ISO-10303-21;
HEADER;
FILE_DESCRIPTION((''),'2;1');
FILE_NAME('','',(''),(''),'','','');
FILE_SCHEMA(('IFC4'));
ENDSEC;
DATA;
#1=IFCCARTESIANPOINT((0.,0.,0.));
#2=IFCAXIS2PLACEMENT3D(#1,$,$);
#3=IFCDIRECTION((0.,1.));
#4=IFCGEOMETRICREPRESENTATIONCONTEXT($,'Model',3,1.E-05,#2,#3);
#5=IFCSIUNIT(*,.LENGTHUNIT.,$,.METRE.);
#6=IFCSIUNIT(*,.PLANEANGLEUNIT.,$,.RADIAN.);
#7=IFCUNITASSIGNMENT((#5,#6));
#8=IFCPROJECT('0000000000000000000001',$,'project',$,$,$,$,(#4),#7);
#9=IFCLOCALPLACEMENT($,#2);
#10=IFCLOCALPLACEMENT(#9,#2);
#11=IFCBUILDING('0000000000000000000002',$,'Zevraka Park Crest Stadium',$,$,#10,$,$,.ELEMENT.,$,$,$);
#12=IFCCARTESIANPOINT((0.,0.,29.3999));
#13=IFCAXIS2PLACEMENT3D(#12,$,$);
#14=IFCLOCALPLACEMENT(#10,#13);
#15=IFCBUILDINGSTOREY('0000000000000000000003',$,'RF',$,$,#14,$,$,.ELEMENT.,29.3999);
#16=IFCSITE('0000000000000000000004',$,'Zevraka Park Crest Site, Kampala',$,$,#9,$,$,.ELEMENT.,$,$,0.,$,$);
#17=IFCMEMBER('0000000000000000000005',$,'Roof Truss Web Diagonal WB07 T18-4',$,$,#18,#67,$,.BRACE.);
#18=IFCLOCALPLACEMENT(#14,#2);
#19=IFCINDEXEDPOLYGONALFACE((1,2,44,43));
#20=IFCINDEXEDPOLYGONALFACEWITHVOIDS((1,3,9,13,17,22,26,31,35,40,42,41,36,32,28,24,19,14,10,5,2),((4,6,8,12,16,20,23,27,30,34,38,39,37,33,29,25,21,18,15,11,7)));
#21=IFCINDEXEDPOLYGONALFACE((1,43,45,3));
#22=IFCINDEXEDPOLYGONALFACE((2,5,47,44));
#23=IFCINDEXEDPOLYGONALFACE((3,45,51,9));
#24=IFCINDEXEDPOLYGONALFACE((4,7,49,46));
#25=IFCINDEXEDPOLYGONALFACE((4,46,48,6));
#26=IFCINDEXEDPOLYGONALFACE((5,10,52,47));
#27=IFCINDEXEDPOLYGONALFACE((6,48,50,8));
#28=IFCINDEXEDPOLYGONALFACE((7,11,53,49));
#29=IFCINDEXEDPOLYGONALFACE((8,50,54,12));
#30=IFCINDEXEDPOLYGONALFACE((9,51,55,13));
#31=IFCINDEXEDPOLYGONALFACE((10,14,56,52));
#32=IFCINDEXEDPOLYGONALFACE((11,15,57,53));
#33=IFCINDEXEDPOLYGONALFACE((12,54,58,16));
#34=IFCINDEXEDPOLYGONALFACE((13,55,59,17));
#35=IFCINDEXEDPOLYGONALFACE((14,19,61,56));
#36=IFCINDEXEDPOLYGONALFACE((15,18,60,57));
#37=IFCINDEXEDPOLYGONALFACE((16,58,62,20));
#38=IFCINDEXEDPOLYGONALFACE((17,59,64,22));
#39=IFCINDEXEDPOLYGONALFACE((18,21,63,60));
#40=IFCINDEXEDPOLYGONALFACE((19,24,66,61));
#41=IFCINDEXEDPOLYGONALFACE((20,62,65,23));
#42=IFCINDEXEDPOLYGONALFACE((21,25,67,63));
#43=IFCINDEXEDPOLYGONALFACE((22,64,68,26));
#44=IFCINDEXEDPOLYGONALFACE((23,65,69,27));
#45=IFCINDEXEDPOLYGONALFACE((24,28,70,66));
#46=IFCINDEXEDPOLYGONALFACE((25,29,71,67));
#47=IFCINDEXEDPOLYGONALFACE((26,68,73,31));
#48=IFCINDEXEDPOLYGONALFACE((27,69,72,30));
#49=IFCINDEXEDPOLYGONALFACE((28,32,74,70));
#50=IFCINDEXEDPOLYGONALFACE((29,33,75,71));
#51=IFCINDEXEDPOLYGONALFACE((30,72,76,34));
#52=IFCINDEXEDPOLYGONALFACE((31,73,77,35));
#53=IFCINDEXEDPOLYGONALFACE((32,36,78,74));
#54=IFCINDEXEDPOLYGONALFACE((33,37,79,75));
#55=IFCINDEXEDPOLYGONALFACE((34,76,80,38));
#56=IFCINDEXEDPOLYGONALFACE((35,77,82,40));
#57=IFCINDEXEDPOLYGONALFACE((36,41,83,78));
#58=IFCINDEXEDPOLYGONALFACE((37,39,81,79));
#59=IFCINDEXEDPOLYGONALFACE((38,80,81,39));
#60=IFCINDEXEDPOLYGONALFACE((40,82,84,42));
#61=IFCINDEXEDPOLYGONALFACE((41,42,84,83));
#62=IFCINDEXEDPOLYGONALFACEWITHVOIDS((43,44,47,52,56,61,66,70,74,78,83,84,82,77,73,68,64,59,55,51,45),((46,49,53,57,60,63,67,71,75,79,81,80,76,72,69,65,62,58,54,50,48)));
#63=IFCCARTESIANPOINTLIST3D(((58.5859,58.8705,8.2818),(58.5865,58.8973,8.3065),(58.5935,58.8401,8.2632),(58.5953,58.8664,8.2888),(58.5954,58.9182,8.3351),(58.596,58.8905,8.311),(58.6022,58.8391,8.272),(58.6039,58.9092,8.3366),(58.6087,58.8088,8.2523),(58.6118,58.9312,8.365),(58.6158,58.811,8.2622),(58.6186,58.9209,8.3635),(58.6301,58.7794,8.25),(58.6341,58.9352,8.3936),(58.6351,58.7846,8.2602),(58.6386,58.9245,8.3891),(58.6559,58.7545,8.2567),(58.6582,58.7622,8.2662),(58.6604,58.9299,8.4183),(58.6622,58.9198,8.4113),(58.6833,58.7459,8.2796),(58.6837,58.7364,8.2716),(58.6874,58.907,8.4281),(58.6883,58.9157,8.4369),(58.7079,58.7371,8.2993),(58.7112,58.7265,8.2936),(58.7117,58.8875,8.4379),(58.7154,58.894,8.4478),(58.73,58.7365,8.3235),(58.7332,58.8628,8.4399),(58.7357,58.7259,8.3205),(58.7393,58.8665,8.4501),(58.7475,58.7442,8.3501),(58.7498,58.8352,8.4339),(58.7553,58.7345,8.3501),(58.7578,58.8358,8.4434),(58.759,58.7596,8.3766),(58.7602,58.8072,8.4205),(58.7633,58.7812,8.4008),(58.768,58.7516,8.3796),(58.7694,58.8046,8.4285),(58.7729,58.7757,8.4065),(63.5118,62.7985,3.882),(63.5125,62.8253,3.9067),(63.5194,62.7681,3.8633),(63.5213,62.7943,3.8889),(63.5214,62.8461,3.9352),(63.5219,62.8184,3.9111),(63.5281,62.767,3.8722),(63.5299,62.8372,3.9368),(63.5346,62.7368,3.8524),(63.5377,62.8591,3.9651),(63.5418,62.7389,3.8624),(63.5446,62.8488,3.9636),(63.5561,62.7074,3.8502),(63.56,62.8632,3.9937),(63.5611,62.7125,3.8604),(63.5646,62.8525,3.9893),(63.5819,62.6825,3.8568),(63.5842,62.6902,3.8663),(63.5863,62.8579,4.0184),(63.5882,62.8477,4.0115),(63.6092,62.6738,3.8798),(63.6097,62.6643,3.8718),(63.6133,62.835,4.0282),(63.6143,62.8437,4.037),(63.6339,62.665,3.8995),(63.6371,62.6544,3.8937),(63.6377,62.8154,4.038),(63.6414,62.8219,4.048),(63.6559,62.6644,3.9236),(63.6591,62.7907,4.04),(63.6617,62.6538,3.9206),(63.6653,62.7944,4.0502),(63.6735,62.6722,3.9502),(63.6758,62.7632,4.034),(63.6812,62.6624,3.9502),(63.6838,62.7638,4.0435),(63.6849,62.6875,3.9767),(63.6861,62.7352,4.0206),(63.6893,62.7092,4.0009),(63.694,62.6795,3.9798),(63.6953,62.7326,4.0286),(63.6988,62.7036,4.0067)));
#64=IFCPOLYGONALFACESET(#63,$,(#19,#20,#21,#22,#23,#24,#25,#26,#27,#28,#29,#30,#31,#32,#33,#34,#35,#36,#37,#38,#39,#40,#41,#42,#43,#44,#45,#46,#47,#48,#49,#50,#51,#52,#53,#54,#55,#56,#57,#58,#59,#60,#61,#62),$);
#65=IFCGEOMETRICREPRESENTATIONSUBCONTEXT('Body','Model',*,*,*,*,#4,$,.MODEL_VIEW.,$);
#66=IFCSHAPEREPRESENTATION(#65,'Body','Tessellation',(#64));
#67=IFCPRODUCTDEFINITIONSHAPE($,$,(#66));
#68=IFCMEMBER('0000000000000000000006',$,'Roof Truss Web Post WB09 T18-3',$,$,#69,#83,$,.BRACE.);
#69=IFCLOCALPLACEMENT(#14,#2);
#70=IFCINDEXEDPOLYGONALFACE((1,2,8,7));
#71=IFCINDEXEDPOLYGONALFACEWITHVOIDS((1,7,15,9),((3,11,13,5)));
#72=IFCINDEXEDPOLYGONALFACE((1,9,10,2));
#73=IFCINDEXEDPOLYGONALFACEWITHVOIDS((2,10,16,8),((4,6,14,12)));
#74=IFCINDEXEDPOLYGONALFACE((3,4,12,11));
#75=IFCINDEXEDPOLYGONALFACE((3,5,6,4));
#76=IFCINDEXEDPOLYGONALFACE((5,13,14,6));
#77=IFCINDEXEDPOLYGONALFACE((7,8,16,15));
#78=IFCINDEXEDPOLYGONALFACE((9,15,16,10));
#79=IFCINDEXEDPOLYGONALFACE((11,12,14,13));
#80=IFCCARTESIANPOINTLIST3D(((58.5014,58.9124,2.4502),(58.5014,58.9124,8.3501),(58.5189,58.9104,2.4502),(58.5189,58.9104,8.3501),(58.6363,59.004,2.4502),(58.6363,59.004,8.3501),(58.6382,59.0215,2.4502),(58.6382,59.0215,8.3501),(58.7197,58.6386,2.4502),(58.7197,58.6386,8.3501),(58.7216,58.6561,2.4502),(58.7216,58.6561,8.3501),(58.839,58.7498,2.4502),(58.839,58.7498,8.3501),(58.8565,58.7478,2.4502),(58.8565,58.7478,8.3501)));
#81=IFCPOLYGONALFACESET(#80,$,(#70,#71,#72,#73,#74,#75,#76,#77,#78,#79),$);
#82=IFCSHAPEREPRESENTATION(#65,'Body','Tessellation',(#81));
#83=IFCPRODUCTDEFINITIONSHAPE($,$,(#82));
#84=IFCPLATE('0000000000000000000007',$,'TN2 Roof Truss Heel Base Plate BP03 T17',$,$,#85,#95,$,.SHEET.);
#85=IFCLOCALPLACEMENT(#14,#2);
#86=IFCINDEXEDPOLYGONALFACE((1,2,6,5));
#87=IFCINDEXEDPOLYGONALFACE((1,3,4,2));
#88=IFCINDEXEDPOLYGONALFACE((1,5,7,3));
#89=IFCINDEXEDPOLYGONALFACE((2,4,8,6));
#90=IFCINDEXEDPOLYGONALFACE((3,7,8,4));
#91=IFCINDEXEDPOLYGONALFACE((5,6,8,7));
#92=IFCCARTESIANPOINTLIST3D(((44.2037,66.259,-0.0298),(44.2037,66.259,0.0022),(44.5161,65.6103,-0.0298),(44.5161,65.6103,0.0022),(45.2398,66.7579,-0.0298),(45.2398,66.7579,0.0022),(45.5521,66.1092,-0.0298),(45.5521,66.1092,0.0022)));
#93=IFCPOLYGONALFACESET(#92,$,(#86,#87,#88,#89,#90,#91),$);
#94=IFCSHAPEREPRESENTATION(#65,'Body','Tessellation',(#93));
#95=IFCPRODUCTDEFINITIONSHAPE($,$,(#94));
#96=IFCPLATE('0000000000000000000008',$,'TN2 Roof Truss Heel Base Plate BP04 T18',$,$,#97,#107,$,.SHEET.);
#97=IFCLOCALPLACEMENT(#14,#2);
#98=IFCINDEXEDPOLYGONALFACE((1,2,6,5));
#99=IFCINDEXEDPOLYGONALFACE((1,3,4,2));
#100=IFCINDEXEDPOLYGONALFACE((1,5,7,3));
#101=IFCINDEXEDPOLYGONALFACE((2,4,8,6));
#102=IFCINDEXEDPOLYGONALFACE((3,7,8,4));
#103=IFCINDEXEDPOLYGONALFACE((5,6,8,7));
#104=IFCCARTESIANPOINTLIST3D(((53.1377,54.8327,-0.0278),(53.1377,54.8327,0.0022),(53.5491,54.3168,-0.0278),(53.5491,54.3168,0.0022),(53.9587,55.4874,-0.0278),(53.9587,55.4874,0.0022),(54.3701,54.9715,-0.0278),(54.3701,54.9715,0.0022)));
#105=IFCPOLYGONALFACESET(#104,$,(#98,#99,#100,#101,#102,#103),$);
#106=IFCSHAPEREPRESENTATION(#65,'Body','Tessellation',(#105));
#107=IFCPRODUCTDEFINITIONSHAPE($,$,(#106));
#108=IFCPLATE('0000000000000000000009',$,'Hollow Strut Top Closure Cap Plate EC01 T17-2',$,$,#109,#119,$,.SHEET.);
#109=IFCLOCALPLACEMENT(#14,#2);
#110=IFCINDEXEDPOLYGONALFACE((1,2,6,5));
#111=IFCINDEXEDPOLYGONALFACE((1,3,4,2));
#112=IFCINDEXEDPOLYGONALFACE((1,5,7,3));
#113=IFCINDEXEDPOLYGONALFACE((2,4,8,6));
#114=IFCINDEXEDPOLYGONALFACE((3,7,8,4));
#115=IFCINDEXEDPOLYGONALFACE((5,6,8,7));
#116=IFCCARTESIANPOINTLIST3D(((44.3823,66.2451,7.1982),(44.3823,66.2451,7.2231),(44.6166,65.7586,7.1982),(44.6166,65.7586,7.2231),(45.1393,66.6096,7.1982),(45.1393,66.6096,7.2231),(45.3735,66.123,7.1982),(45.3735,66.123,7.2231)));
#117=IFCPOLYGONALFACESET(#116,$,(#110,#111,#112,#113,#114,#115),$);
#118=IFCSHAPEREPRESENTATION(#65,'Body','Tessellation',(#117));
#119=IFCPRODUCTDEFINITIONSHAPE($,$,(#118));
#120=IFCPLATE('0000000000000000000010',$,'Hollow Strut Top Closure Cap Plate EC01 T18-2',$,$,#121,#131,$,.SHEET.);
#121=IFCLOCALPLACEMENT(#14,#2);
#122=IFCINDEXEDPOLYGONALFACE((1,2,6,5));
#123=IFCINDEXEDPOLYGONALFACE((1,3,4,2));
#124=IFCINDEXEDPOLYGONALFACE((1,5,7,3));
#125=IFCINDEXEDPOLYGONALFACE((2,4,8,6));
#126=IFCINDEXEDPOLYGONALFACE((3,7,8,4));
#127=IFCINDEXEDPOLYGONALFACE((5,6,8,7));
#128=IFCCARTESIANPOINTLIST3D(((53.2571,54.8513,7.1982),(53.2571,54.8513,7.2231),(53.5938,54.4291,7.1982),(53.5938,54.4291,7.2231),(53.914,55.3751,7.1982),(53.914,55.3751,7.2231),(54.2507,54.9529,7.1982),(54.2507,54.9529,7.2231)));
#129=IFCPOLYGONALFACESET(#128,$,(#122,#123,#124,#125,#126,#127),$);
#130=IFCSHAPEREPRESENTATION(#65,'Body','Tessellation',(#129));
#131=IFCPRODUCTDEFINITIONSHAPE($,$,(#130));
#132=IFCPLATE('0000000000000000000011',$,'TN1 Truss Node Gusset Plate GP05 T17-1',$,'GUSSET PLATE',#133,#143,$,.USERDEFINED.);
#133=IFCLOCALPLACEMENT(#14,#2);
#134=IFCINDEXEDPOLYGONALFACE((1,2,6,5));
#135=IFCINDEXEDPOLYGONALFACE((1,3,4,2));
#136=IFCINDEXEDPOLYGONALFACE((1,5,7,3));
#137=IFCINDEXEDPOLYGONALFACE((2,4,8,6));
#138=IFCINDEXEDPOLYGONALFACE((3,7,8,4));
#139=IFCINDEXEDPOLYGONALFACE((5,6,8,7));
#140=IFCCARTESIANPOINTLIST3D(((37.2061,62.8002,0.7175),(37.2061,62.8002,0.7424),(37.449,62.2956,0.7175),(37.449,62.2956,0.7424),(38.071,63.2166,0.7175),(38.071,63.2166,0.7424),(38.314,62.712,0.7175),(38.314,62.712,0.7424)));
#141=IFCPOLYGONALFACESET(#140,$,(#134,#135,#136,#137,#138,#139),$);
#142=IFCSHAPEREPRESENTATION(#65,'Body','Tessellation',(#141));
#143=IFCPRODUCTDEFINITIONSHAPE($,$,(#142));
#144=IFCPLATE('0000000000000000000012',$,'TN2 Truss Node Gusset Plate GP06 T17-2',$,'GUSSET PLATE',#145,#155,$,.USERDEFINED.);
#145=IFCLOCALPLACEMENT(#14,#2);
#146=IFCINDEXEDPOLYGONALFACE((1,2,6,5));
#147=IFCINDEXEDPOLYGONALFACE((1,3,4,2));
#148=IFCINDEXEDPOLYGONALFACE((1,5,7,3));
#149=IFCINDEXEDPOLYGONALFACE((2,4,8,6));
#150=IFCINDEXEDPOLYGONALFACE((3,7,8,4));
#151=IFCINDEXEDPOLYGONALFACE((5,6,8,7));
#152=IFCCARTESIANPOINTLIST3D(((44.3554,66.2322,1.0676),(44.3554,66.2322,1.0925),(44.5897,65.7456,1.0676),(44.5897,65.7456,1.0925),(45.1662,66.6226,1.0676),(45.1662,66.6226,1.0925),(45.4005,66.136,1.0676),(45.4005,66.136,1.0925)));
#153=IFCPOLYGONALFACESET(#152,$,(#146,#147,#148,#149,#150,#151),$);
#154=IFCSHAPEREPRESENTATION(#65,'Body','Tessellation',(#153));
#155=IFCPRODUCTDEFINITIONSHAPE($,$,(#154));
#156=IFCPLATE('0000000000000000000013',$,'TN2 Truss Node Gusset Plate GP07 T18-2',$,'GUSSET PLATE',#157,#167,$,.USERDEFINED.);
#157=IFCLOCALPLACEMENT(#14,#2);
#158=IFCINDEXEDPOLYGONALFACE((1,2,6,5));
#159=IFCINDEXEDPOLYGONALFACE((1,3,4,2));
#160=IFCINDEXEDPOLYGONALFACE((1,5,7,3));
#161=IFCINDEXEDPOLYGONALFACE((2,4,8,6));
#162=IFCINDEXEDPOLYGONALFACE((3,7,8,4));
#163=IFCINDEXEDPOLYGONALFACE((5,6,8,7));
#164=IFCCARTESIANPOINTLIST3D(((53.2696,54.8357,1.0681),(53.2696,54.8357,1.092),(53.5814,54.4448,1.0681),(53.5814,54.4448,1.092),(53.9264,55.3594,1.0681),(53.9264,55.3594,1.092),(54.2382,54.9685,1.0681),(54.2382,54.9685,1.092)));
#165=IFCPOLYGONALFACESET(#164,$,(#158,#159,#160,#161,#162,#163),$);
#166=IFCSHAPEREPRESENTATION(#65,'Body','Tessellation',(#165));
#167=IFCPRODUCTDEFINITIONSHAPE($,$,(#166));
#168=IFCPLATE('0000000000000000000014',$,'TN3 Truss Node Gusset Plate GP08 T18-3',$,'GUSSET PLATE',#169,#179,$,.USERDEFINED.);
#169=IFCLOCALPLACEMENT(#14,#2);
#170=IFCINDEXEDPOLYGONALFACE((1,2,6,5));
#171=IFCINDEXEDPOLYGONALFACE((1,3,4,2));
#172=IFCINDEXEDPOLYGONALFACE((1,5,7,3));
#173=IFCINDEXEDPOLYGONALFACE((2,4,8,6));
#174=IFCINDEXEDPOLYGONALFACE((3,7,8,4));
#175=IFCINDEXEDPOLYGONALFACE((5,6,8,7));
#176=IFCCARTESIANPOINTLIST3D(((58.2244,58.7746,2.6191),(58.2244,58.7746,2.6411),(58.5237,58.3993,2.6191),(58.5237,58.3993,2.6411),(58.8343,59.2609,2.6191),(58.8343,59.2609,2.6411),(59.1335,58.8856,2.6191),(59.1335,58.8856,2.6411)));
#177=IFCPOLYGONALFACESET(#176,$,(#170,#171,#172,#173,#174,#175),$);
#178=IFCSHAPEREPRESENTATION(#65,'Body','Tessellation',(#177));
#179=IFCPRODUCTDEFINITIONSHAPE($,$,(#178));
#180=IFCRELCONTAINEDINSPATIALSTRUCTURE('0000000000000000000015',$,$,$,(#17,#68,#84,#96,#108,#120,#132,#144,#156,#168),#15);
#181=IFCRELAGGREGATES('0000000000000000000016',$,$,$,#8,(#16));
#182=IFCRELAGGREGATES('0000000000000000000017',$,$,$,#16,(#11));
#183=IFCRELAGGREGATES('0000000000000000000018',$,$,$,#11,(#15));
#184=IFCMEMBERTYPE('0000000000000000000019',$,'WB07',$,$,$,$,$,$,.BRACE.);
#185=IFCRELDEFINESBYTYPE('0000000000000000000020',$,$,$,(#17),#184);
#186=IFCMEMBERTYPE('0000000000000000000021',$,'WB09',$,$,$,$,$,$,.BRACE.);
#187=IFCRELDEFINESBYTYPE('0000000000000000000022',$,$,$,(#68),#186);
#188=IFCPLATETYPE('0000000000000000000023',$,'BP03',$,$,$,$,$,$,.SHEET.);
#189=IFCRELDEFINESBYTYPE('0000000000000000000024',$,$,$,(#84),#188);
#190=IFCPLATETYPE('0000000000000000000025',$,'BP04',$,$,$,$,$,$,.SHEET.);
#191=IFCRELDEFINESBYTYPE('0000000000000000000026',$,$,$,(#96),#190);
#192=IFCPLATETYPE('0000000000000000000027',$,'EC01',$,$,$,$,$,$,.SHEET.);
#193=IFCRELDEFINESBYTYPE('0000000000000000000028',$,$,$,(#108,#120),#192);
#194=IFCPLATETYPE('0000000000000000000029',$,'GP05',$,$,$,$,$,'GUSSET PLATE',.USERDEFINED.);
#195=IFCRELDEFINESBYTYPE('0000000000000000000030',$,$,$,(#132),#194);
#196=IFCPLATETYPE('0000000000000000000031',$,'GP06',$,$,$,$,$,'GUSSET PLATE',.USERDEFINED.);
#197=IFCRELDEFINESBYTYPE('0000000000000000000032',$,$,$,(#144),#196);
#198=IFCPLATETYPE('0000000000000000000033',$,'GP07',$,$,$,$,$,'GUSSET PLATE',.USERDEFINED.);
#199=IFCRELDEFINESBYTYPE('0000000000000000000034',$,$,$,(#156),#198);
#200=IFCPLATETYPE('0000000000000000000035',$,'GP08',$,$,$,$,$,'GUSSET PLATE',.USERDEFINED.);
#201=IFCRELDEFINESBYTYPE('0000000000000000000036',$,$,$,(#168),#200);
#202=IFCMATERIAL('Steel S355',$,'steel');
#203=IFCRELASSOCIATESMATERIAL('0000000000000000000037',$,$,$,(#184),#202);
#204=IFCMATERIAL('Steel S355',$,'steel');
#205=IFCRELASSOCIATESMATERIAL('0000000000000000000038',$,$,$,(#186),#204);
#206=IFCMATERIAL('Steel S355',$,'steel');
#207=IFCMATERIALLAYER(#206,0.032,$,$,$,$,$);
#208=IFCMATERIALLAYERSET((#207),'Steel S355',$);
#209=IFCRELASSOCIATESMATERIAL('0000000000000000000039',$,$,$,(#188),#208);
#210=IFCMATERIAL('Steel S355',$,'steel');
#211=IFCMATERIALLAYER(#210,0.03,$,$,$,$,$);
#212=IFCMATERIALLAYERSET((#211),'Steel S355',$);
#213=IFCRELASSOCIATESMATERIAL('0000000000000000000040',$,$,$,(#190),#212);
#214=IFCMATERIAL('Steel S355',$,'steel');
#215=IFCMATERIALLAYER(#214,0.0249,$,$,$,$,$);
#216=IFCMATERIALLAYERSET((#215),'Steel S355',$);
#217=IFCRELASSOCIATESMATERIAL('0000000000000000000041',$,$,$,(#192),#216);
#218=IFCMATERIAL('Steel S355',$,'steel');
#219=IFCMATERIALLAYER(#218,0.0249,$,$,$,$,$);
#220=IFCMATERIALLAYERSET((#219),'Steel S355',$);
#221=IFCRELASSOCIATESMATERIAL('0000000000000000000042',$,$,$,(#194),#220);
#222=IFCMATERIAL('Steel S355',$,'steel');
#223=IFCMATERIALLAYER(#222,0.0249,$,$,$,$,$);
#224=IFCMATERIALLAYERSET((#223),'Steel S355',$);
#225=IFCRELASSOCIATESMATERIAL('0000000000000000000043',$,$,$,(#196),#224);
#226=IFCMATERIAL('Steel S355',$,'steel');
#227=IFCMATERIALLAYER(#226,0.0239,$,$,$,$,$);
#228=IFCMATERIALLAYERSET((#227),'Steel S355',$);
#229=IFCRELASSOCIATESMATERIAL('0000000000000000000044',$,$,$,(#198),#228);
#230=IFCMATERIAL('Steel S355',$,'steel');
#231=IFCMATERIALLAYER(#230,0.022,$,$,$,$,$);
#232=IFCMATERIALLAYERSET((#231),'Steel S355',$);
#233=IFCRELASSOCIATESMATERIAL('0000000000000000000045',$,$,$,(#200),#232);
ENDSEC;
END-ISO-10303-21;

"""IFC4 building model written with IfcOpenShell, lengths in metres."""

from ifc_helpers import new_model, si_unit, direction, frame, origin, origin_2d, place, context, subcontext, project, spatial, rectangle, hollow_rectangle, hollow_circle, extrude, material, layer, layer_set, material_profile, profile_set, type_object, element, save


model = new_model("IFC4")

# Units and contexts
model_context = context("Model", 3, precision=1e-05, world=origin(), true_north=direction((0.0, 1.0)))
body_context = subcontext(model_context, "Body", "Model", "MODEL_VIEW")
ifc_project = project(units=[si_unit("LENGTHUNIT", "METRE"), si_unit("PLANEANGLEUNIT", "RADIAN")], contexts=[model_context])

# Site, building, storey
site_placement = place(None, origin())
site = spatial("IfcSite", under=ifc_project, at=site_placement, Name="Zevraka Park Crest Site, Kampala", CompositionType="ELEMENT", RefElevation=0.0)
building_placement = place(site_placement, origin())
building = spatial("IfcBuilding", under=site, at=building_placement, Name="Zevraka Park Crest Stadium", CompositionType="ELEMENT")
storey_placement = place(building_placement, frame((0.0, 0.0, 29.3999)))
storey = spatial("IfcBuildingStorey", under=building, at=storey_placement, Name="RF", CompositionType="ELEMENT", Elevation=29.3999)

# Members
ifc_material_1 = material(Name="Steel S355", Category="steel")
ifc_material_profile_1 = material_profile(ifc_material_1, hollow_circle(Radius=0.1223, WallThickness=0.0125, at=origin_2d()), Name="CHS 244.5x12.5")
ifc_profile_set_1 = profile_set([ifc_material_profile_1], Name="Steel S355")
member_type_1 = type_object("IfcMemberType", Name="WB07", PredefinedType="BRACE", material=ifc_profile_set_1)
member_1_placement = place(storey_placement, frame((63.605, 62.7581, 3.9502), z_axis=(-0.641021, -0.511146, 0.572557), x_axis=(0.623451, -0.781862, 0.0)))
element("IfcMember", 1, at=member_1_placement, inside=storey, type_object=member_type_1, Name="Roof Truss Web Diagonal WB07 T18-4", PredefinedType="BRACE", context=body_context, shape_type="SweptSolid", body=[
    extrude(hollow_circle(Radius=0.1223, WallThickness=0.0125, at=origin_2d()), origin(), (0.0, 0.0, 1.0), 7.6846),
])
ifc_material_2 = material(Name="Steel S355", Category="steel")
ifc_material_profile_2 = material_profile(ifc_material_2, hollow_rectangle(XDim=0.175, YDim=0.3501, WallThickness=0.0125, at=origin_2d()), Name="RHS 350x175x12.5")
ifc_profile_set_2 = profile_set([ifc_material_profile_2], Name="Steel S355")
member_type_2 = type_object("IfcMemberType", Name="WB09", PredefinedType="BRACE", material=ifc_profile_set_2)
member_2_placement = place(storey_placement, frame((58.679, 58.8301, 2.4502), z_axis=(0.0, 0.0, 1.0), x_axis=(0.781847, 0.62347, 0.0)))
element("IfcMember", 2, at=member_2_placement, inside=storey, type_object=member_type_2, Name="Roof Truss Web Post WB09 T18-3", PredefinedType="BRACE", context=body_context, shape_type="SweptSolid", body=[
    extrude(hollow_rectangle(XDim=0.175, YDim=0.3501, WallThickness=0.0125, at=origin_2d()), origin(), (0.0, 0.0, 1.0), 5.8999),
])

# Plates
ifc_material_3 = material(Name="Steel S355", Category="steel")
ifc_layer_1 = layer(ifc_material_3, 0.032)
ifc_layer_set_1 = layer_set([ifc_layer_1], Name="Steel S355")
plate_type_1 = type_object("IfcPlateType", Name="BP03", PredefinedType="SHEET", material=ifc_layer_set_1)
plate_1_placement = place(storey_placement, frame((44.8779, 66.1841, -0.0298), z_axis=(0.0, 0.0, 1.0), x_axis=(0.901001, 0.433816, 0.0)))
element("IfcPlate", 3, at=plate_1_placement, inside=storey, type_object=plate_type_1, Name="TN2 Roof Truss Heel Base Plate BP03 T17", PredefinedType="SHEET", context=body_context, shape_type="SweptSolid", body=[
    extrude(rectangle(XDim=1.1499, YDim=0.72, at=origin_2d()), origin(), (0.0, 0.0, 1.0), 0.032),
])
ifc_material_4 = material(Name="Steel S355", Category="steel")
ifc_layer_2 = layer(ifc_material_4, 0.03)
ifc_layer_set_2 = layer_set([ifc_layer_2], Name="Steel S355")
plate_type_2 = type_object("IfcPlateType", Name="BP04", PredefinedType="SHEET", material=ifc_layer_set_2)
plate_2_placement = place(storey_placement, frame((53.7539, 54.9021, -0.0278), z_axis=(0.0, 0.0, 1.0), x_axis=(0.781847, 0.62347, 0.0)))
element("IfcPlate", 4, at=plate_2_placement, inside=storey, type_object=plate_type_2, Name="TN2 Roof Truss Heel Base Plate BP04 T18", PredefinedType="SHEET", context=body_context, shape_type="SweptSolid", body=[
    extrude(rectangle(XDim=1.05, YDim=0.6599, at=origin_2d()), origin(), (0.0, 0.0, 1.0), 0.03),
])
ifc_material_5 = material(Name="Steel S355", Category="steel")
ifc_layer_3 = layer(ifc_material_5, 0.0249)
ifc_layer_set_3 = layer_set([ifc_layer_3], Name="Steel S355")
plate_type_3 = type_object("IfcPlateType", Name="EC01", PredefinedType="SHEET", material=ifc_layer_set_3)
for number, where, z_axis, x_axis, name in (
    (5, (44.8779, 66.1841, 7.1982), (0.0, 0.0, 1.0), (0.901001, 0.433816, 0.0), "Hollow Strut Top Closure Cap Plate EC01 T17-2"),
    (6, (53.7539, 54.9021, 7.1982), (0.0, 0.0, 1.0), (0.781847, 0.62347, 0.0), "Hollow Strut Top Closure Cap Plate EC01 T18-2"),
):
    element("IfcPlate", number, at=place(storey_placement, frame(where, z_axis=z_axis, x_axis=x_axis)), inside=storey, type_object=plate_type_3, Name=name, PredefinedType="SHEET", context=body_context, shape_type="SweptSolid", body=[
        extrude(rectangle(XDim=0.8401, YDim=0.54, at=origin_2d()), origin(), (0.0, 0.0, 1.0), 0.0249),
    ])
ifc_material_6 = material(Name="Steel S355", Category="steel")
ifc_layer_4 = layer(ifc_material_6, 0.0249)
ifc_layer_set_4 = layer_set([ifc_layer_4], Name="Steel S355")
plate_type_4 = type_object("IfcPlateType", Name="GP05", ElementType="GUSSET PLATE", PredefinedType="USERDEFINED", material=ifc_layer_set_4)
plate_3_placement = place(storey_placement, frame((37.76, 62.7561, 0.7175), z_axis=(0.0, 0.0, 1.0), x_axis=(0.901001, 0.433816, 0.0)))
element("IfcPlate", 7, at=plate_3_placement, inside=storey, type_object=plate_type_4, Name="TN1 Truss Node Gusset Plate GP05 T17-1", ObjectType="GUSSET PLATE", PredefinedType="USERDEFINED", context=body_context, shape_type="SweptSolid", body=[
    extrude(rectangle(XDim=0.96, YDim=0.5601, at=origin_2d()), origin(), (0.0, 0.0, 1.0), 0.0249),
])
ifc_material_7 = material(Name="Steel S355", Category="steel")
ifc_layer_5 = layer(ifc_material_7, 0.0249)
ifc_layer_set_5 = layer_set([ifc_layer_5], Name="Steel S355")
plate_type_5 = type_object("IfcPlateType", Name="GP06", ElementType="GUSSET PLATE", PredefinedType="USERDEFINED", material=ifc_layer_set_5)
plate_4_placement = place(storey_placement, frame((44.8779, 66.1841, 1.0676), z_axis=(0.0, 0.0, 1.0), x_axis=(0.901001, 0.433816, 0.0)))
element("IfcPlate", 8, at=plate_4_placement, inside=storey, type_object=plate_type_5, Name="TN2 Truss Node Gusset Plate GP06 T17-2", ObjectType="GUSSET PLATE", PredefinedType="USERDEFINED", context=body_context, shape_type="SweptSolid", body=[
    extrude(rectangle(XDim=0.8999, YDim=0.54, at=origin_2d()), origin(), (0.0, 0.0, 1.0), 0.0249),
])
ifc_material_8 = material(Name="Steel S355", Category="steel")
ifc_layer_6 = layer(ifc_material_8, 0.0239)
ifc_layer_set_6 = layer_set([ifc_layer_6], Name="Steel S355")
plate_type_6 = type_object("IfcPlateType", Name="GP07", ElementType="GUSSET PLATE", PredefinedType="USERDEFINED", material=ifc_layer_set_6)
plate_5_placement = place(storey_placement, frame((53.7539, 54.9021, 1.0681), z_axis=(0.0, 0.0, 1.0), x_axis=(0.781847, 0.62347, 0.0)))
element("IfcPlate", 9, at=plate_5_placement, inside=storey, type_object=plate_type_6, Name="TN2 Truss Node Gusset Plate GP07 T18-2", ObjectType="GUSSET PLATE", PredefinedType="USERDEFINED", context=body_context, shape_type="SweptSolid", body=[
    extrude(rectangle(XDim=0.8401, YDim=0.5, at=origin_2d()), origin(), (0.0, 0.0, 1.0), 0.0239),
])
ifc_material_9 = material(Name="Steel S355", Category="steel")
ifc_layer_7 = layer(ifc_material_9, 0.022)
ifc_layer_set_7 = layer_set([ifc_layer_7], Name="Steel S355")
plate_type_7 = type_object("IfcPlateType", Name="GP08", ElementType="GUSSET PLATE", PredefinedType="USERDEFINED", material=ifc_layer_set_7)
plate_6_placement = place(storey_placement, frame((58.679, 58.8301, 2.6191), z_axis=(0.0, 0.0, 1.0), x_axis=(0.781847, 0.62347, 0.0)))
element("IfcPlate", 10, at=plate_6_placement, inside=storey, type_object=plate_type_7, Name="TN3 Truss Node Gusset Plate GP08 T18-3", ObjectType="GUSSET PLATE", PredefinedType="USERDEFINED", context=body_context, shape_type="SweptSolid", body=[
    extrude(rectangle(XDim=0.78, YDim=0.48, at=origin_2d()), origin(), (0.0, 0.0, 1.0), 0.022),
])

save(model, "model.ifc")
